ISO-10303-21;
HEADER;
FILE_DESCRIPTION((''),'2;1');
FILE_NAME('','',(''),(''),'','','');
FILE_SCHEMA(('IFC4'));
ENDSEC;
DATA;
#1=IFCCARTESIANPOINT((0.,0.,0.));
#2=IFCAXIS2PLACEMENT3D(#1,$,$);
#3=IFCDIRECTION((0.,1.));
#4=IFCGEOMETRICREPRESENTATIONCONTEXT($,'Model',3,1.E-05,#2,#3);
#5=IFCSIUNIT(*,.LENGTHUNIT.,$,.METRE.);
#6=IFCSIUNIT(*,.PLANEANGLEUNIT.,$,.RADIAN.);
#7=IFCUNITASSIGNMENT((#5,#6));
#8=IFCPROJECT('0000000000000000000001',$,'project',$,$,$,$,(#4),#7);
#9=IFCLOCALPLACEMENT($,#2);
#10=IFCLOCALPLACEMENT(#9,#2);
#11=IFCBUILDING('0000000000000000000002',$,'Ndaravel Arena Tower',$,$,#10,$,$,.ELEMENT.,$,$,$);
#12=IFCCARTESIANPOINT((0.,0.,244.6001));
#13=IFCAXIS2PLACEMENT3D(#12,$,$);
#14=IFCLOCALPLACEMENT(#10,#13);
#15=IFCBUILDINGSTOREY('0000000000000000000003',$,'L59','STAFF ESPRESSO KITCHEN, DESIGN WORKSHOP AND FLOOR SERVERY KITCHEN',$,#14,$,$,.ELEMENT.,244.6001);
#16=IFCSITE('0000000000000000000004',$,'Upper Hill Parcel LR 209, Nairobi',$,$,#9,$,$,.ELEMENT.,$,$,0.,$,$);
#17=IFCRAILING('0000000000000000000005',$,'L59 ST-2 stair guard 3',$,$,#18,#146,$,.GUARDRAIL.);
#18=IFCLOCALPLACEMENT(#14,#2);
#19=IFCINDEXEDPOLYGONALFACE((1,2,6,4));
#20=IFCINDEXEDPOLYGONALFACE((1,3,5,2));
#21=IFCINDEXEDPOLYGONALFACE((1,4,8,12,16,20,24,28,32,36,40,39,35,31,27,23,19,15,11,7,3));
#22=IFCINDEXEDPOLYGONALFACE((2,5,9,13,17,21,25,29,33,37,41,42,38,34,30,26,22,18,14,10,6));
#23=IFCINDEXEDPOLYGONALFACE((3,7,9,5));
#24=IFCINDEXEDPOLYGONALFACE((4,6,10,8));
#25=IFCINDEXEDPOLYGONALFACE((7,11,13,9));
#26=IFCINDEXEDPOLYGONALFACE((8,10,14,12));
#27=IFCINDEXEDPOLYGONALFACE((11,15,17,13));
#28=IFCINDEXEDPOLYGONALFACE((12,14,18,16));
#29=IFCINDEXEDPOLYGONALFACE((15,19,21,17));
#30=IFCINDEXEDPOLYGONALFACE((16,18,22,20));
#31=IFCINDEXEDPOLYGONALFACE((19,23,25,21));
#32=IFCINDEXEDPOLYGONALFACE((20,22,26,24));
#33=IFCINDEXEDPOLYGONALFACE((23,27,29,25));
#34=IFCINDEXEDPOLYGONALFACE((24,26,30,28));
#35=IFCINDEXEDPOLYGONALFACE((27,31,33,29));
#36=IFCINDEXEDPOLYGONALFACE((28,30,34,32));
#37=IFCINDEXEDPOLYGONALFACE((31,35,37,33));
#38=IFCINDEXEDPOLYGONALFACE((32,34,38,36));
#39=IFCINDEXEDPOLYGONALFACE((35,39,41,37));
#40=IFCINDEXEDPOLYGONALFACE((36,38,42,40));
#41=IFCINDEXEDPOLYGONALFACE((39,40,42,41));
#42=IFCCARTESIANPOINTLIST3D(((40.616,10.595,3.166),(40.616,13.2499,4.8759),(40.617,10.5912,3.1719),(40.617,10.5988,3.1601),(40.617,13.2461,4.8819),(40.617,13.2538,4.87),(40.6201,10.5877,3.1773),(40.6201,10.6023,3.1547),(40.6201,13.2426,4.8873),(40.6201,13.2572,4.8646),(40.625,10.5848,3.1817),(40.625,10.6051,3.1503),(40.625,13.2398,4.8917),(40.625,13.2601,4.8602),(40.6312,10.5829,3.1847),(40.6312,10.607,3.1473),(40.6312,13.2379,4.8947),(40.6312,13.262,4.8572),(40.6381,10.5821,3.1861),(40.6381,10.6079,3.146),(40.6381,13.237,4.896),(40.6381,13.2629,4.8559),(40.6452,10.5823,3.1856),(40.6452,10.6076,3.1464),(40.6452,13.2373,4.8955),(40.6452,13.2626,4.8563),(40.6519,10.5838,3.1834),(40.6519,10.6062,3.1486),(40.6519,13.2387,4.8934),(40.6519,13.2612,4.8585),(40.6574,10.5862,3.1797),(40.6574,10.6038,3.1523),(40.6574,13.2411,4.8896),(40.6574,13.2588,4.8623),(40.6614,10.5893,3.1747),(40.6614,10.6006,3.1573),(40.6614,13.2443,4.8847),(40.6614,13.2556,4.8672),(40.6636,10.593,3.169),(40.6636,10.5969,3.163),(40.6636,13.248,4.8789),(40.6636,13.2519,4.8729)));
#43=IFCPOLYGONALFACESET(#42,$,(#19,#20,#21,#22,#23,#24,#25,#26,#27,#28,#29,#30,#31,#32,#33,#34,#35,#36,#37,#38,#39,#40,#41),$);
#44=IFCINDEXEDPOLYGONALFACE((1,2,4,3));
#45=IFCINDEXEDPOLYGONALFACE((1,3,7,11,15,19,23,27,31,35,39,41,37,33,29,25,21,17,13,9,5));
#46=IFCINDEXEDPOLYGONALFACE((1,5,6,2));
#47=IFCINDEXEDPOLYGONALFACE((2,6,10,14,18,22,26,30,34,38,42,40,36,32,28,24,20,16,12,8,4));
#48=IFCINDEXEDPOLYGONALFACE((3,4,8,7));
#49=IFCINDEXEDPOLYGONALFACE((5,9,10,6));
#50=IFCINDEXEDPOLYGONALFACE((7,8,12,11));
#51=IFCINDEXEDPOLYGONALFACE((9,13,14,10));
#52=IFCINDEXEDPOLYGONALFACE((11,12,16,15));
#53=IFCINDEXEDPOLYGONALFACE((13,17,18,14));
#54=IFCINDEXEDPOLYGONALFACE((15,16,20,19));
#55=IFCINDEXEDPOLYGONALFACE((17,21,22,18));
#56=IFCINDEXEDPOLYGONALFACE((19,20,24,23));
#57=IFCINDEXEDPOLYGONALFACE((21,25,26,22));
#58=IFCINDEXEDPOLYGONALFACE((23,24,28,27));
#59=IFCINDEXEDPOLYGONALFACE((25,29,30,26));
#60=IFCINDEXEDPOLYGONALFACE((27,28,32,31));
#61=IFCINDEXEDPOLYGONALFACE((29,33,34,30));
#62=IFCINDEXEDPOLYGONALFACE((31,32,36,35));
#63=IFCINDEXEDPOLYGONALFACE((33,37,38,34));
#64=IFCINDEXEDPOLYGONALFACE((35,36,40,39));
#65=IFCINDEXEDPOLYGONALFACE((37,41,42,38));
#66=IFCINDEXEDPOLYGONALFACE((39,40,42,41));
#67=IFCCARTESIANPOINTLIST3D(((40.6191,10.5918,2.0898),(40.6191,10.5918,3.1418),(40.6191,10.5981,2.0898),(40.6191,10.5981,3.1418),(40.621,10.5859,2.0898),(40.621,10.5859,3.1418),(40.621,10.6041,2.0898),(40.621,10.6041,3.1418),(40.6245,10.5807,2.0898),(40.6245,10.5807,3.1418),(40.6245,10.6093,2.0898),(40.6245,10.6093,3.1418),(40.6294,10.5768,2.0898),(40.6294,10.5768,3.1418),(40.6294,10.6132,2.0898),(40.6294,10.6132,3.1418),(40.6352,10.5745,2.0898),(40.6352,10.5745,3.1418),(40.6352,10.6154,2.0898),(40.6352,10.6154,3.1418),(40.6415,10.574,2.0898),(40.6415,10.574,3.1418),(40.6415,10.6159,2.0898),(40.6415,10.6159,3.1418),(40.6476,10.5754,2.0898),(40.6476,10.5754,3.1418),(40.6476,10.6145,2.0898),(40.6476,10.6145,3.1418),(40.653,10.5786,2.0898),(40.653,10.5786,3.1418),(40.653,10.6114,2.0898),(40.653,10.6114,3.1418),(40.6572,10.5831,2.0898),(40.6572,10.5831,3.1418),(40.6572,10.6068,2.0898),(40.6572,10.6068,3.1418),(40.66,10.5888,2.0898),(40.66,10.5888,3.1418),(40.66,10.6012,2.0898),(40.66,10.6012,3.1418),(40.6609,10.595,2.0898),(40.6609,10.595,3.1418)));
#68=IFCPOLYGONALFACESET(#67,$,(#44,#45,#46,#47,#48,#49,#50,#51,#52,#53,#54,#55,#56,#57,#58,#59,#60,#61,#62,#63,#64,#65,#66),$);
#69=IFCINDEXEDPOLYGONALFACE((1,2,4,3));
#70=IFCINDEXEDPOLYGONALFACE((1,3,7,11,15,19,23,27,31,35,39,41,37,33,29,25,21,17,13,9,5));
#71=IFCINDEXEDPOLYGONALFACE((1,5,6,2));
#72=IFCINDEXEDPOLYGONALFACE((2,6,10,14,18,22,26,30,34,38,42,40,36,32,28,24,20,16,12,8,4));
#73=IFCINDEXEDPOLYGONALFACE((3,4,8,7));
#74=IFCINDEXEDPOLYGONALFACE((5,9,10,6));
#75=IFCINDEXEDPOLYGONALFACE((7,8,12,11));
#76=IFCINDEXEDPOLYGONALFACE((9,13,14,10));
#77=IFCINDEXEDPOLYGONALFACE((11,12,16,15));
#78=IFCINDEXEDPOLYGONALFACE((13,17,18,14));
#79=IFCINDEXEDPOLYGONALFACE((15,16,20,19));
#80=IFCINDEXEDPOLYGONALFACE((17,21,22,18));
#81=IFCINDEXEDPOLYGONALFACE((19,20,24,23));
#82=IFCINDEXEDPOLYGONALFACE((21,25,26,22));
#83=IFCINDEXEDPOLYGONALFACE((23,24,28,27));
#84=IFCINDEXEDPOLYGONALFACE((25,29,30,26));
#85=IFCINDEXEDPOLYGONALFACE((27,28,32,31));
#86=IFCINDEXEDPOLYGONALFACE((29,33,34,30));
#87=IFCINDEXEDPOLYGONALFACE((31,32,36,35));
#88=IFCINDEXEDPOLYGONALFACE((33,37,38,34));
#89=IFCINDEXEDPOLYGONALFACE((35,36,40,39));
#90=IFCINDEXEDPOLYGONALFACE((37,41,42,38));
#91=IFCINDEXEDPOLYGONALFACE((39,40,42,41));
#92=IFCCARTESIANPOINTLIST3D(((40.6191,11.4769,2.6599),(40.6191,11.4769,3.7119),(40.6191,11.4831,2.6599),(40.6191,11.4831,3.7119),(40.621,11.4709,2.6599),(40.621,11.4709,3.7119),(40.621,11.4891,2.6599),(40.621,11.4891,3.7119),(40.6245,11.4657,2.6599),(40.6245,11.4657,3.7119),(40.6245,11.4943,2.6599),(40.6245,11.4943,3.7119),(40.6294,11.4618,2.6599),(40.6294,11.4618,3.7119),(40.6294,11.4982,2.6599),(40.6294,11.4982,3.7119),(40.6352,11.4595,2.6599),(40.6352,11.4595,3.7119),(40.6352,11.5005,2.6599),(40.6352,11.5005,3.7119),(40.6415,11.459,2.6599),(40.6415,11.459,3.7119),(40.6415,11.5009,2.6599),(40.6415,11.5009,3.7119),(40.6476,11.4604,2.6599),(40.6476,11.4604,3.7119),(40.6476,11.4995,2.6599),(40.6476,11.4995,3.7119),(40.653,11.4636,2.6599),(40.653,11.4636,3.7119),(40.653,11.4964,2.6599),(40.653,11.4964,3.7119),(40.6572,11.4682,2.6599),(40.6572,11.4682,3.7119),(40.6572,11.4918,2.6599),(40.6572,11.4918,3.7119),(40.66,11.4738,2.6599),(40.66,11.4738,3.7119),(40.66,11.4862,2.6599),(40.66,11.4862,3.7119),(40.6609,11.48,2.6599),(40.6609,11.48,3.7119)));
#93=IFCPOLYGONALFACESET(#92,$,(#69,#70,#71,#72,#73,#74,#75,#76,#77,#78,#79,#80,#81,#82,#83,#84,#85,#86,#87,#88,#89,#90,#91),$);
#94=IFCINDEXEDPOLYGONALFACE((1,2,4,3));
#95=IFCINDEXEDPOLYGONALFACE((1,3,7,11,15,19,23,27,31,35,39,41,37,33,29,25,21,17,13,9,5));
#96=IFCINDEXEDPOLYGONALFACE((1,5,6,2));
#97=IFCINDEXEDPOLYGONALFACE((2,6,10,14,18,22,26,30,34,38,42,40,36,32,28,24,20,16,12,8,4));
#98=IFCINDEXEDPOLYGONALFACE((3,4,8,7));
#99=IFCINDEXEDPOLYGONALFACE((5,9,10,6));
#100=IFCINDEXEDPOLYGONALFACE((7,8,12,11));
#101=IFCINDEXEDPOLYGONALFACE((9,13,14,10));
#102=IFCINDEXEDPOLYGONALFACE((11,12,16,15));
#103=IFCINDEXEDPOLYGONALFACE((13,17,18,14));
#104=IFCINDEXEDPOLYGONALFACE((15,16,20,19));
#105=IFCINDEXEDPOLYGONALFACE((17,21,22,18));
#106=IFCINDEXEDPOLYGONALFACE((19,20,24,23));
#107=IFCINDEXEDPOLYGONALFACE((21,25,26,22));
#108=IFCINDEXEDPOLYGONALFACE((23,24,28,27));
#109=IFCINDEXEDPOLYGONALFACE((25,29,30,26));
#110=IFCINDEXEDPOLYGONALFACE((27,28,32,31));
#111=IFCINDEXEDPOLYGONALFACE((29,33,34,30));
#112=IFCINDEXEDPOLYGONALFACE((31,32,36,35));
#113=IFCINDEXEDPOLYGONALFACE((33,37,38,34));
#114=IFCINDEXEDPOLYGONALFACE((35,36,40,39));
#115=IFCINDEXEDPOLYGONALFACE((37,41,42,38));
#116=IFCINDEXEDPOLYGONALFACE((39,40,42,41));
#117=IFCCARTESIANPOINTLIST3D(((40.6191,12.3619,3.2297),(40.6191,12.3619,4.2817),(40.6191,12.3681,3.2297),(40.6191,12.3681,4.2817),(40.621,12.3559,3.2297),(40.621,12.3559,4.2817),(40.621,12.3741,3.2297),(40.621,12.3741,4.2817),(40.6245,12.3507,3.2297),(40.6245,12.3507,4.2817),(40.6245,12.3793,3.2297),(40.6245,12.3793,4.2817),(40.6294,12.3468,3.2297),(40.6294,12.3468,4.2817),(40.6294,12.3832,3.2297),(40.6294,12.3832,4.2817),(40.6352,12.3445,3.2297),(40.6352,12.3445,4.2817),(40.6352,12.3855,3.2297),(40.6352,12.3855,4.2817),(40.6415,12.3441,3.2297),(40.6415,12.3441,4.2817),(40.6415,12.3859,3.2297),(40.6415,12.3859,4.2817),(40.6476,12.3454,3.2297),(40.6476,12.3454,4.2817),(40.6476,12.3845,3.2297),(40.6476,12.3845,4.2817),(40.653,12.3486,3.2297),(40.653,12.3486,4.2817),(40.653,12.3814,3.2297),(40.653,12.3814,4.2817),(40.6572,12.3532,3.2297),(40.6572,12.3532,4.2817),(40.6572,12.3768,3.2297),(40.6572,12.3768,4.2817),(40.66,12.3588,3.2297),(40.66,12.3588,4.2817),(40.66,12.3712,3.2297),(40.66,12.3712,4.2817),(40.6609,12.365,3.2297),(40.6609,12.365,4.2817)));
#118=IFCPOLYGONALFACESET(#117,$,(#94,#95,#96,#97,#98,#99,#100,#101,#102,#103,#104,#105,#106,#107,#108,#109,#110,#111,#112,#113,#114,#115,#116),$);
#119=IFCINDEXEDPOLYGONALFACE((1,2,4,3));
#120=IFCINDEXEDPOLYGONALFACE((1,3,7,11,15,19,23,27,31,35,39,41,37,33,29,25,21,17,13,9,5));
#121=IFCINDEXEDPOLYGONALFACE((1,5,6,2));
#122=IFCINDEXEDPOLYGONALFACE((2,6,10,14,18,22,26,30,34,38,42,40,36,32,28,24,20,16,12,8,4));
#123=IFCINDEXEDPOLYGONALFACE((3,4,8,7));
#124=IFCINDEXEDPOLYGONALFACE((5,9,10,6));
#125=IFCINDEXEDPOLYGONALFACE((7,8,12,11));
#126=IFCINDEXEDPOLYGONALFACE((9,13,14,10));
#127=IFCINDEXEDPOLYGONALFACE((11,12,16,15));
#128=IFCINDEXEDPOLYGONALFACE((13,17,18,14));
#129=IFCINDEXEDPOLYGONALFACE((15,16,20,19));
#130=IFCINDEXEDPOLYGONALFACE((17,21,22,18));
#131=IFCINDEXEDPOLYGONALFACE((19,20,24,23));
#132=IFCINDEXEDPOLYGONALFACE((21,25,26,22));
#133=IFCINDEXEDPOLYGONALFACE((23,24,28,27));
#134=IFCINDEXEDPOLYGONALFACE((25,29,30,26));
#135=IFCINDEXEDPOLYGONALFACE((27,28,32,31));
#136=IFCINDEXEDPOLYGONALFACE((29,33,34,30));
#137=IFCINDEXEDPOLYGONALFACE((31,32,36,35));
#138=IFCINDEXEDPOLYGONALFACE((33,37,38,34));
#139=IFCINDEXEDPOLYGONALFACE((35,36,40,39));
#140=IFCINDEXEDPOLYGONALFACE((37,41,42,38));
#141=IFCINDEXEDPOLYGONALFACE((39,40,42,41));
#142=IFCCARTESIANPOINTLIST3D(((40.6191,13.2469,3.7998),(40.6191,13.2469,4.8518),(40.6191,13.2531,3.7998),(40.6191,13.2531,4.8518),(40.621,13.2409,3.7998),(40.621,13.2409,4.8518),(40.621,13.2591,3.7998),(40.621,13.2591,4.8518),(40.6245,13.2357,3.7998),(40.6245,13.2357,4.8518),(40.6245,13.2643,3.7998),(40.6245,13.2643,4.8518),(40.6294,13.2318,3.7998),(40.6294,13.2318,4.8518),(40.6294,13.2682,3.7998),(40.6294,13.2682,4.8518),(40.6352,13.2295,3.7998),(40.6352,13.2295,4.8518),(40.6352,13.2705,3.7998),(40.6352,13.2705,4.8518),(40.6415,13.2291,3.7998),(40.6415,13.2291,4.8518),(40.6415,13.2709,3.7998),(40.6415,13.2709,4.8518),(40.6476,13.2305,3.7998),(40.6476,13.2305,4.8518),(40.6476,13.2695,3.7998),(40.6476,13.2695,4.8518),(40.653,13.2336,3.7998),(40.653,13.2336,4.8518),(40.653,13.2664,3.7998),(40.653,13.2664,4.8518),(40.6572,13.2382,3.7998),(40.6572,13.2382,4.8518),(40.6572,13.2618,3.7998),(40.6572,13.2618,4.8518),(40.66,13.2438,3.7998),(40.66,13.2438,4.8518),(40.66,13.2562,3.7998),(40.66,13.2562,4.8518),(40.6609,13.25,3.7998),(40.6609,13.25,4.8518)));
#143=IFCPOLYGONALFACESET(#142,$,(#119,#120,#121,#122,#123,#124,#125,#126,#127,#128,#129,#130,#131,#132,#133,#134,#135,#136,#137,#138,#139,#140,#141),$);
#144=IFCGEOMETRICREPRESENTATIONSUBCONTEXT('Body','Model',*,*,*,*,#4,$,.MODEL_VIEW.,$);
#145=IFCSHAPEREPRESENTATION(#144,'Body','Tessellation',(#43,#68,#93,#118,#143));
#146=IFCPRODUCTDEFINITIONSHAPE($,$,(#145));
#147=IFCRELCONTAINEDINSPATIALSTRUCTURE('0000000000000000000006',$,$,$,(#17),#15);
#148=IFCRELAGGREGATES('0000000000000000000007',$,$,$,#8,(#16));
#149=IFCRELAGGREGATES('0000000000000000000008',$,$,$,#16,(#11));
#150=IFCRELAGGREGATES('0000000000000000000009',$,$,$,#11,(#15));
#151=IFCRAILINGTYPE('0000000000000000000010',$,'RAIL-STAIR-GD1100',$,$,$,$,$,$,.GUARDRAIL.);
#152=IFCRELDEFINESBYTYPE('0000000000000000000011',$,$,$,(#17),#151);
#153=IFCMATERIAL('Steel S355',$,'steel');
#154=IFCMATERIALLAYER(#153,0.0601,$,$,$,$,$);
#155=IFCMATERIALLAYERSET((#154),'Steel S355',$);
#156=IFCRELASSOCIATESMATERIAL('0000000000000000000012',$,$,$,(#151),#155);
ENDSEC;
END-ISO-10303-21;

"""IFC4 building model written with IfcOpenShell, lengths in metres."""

from ifc_helpers import new_model, si_unit, direction, frame, origin, origin_2d, place, context, subcontext, project, spatial, circle, extrude, material, layer, layer_set, type_object, element, save


model = new_model("IFC4")

# Units and contexts
model_context = context("Model", 3, precision=1e-05, world=origin(), true_north=direction((0.0, 1.0)))
body_context = subcontext(model_context, "Body", "Model", "MODEL_VIEW")
ifc_project = project(units=[si_unit("LENGTHUNIT", "METRE"), si_unit("PLANEANGLEUNIT", "RADIAN")], contexts=[model_context])

# Site, building, storey
site_placement = place(None, origin())
site = spatial("IfcSite", under=ifc_project, at=site_placement, Name="Upper Hill Parcel LR 209, Nairobi", CompositionType="ELEMENT", RefElevation=0.0)
building_placement = place(site_placement, origin())
building = spatial("IfcBuilding", under=site, at=building_placement, Name="Ndaravel Arena Tower", CompositionType="ELEMENT")
storey_placement = place(building_placement, frame((0.0, 0.0, 244.6001)))
storey = spatial("IfcBuildingStorey", under=building, at=storey_placement, Name="L59", Description="STAFF ESPRESSO KITCHEN, DESIGN WORKSHOP AND FLOOR SERVERY KITCHEN", CompositionType="ELEMENT", Elevation=244.6001)

# Railing
ifc_material_1 = material(Name="Steel S355", Category="steel")
ifc_layer_1 = layer(ifc_material_1, 0.0601)
ifc_layer_set_1 = layer_set([ifc_layer_1], Name="Steel S355")
railing_type_1 = type_object("IfcRailingType", Name="RAIL-STAIR-GD1100", PredefinedType="GUARDRAIL", material=ifc_layer_set_1)
railing_1_placement = place(storey_placement, frame((40.6399, 10.595, 2.0898)))
element("IfcRailing", 1, at=railing_1_placement, inside=storey, type_object=railing_type_1, Name="L59 ST-2 stair guard 3", PredefinedType="GUARDRAIL", context=body_context, shape_type="SweptSolid", body=[
    extrude(circle(Radius=0.0239, at=origin_2d()), frame((0.0, 0.0, 1.0762), z_axis=(0.0, 0.840724, 0.541465), x_axis=(-1.0, 0.0, 0.0)), (0.0, 0.0, 1.0), 3.158),
    extrude(circle(Radius=0.021, at=origin_2d()), origin(), (0.0, 0.0, 1.0), 1.052),
    extrude(circle(Radius=0.021, at=origin_2d()), frame((0.0, 0.885, 0.5701)), (0.0, 0.0, 1.0), 1.052),
    extrude(circle(Radius=0.021, at=origin_2d()), frame((0.0, 1.77, 1.1399)), (0.0, 0.0, 1.0), 1.052),
    extrude(circle(Radius=0.021, at=origin_2d()), frame((0.0, 2.655, 1.71)), (0.0, 0.0, 1.0), 1.052),
])

save(model, "model.ifc")
